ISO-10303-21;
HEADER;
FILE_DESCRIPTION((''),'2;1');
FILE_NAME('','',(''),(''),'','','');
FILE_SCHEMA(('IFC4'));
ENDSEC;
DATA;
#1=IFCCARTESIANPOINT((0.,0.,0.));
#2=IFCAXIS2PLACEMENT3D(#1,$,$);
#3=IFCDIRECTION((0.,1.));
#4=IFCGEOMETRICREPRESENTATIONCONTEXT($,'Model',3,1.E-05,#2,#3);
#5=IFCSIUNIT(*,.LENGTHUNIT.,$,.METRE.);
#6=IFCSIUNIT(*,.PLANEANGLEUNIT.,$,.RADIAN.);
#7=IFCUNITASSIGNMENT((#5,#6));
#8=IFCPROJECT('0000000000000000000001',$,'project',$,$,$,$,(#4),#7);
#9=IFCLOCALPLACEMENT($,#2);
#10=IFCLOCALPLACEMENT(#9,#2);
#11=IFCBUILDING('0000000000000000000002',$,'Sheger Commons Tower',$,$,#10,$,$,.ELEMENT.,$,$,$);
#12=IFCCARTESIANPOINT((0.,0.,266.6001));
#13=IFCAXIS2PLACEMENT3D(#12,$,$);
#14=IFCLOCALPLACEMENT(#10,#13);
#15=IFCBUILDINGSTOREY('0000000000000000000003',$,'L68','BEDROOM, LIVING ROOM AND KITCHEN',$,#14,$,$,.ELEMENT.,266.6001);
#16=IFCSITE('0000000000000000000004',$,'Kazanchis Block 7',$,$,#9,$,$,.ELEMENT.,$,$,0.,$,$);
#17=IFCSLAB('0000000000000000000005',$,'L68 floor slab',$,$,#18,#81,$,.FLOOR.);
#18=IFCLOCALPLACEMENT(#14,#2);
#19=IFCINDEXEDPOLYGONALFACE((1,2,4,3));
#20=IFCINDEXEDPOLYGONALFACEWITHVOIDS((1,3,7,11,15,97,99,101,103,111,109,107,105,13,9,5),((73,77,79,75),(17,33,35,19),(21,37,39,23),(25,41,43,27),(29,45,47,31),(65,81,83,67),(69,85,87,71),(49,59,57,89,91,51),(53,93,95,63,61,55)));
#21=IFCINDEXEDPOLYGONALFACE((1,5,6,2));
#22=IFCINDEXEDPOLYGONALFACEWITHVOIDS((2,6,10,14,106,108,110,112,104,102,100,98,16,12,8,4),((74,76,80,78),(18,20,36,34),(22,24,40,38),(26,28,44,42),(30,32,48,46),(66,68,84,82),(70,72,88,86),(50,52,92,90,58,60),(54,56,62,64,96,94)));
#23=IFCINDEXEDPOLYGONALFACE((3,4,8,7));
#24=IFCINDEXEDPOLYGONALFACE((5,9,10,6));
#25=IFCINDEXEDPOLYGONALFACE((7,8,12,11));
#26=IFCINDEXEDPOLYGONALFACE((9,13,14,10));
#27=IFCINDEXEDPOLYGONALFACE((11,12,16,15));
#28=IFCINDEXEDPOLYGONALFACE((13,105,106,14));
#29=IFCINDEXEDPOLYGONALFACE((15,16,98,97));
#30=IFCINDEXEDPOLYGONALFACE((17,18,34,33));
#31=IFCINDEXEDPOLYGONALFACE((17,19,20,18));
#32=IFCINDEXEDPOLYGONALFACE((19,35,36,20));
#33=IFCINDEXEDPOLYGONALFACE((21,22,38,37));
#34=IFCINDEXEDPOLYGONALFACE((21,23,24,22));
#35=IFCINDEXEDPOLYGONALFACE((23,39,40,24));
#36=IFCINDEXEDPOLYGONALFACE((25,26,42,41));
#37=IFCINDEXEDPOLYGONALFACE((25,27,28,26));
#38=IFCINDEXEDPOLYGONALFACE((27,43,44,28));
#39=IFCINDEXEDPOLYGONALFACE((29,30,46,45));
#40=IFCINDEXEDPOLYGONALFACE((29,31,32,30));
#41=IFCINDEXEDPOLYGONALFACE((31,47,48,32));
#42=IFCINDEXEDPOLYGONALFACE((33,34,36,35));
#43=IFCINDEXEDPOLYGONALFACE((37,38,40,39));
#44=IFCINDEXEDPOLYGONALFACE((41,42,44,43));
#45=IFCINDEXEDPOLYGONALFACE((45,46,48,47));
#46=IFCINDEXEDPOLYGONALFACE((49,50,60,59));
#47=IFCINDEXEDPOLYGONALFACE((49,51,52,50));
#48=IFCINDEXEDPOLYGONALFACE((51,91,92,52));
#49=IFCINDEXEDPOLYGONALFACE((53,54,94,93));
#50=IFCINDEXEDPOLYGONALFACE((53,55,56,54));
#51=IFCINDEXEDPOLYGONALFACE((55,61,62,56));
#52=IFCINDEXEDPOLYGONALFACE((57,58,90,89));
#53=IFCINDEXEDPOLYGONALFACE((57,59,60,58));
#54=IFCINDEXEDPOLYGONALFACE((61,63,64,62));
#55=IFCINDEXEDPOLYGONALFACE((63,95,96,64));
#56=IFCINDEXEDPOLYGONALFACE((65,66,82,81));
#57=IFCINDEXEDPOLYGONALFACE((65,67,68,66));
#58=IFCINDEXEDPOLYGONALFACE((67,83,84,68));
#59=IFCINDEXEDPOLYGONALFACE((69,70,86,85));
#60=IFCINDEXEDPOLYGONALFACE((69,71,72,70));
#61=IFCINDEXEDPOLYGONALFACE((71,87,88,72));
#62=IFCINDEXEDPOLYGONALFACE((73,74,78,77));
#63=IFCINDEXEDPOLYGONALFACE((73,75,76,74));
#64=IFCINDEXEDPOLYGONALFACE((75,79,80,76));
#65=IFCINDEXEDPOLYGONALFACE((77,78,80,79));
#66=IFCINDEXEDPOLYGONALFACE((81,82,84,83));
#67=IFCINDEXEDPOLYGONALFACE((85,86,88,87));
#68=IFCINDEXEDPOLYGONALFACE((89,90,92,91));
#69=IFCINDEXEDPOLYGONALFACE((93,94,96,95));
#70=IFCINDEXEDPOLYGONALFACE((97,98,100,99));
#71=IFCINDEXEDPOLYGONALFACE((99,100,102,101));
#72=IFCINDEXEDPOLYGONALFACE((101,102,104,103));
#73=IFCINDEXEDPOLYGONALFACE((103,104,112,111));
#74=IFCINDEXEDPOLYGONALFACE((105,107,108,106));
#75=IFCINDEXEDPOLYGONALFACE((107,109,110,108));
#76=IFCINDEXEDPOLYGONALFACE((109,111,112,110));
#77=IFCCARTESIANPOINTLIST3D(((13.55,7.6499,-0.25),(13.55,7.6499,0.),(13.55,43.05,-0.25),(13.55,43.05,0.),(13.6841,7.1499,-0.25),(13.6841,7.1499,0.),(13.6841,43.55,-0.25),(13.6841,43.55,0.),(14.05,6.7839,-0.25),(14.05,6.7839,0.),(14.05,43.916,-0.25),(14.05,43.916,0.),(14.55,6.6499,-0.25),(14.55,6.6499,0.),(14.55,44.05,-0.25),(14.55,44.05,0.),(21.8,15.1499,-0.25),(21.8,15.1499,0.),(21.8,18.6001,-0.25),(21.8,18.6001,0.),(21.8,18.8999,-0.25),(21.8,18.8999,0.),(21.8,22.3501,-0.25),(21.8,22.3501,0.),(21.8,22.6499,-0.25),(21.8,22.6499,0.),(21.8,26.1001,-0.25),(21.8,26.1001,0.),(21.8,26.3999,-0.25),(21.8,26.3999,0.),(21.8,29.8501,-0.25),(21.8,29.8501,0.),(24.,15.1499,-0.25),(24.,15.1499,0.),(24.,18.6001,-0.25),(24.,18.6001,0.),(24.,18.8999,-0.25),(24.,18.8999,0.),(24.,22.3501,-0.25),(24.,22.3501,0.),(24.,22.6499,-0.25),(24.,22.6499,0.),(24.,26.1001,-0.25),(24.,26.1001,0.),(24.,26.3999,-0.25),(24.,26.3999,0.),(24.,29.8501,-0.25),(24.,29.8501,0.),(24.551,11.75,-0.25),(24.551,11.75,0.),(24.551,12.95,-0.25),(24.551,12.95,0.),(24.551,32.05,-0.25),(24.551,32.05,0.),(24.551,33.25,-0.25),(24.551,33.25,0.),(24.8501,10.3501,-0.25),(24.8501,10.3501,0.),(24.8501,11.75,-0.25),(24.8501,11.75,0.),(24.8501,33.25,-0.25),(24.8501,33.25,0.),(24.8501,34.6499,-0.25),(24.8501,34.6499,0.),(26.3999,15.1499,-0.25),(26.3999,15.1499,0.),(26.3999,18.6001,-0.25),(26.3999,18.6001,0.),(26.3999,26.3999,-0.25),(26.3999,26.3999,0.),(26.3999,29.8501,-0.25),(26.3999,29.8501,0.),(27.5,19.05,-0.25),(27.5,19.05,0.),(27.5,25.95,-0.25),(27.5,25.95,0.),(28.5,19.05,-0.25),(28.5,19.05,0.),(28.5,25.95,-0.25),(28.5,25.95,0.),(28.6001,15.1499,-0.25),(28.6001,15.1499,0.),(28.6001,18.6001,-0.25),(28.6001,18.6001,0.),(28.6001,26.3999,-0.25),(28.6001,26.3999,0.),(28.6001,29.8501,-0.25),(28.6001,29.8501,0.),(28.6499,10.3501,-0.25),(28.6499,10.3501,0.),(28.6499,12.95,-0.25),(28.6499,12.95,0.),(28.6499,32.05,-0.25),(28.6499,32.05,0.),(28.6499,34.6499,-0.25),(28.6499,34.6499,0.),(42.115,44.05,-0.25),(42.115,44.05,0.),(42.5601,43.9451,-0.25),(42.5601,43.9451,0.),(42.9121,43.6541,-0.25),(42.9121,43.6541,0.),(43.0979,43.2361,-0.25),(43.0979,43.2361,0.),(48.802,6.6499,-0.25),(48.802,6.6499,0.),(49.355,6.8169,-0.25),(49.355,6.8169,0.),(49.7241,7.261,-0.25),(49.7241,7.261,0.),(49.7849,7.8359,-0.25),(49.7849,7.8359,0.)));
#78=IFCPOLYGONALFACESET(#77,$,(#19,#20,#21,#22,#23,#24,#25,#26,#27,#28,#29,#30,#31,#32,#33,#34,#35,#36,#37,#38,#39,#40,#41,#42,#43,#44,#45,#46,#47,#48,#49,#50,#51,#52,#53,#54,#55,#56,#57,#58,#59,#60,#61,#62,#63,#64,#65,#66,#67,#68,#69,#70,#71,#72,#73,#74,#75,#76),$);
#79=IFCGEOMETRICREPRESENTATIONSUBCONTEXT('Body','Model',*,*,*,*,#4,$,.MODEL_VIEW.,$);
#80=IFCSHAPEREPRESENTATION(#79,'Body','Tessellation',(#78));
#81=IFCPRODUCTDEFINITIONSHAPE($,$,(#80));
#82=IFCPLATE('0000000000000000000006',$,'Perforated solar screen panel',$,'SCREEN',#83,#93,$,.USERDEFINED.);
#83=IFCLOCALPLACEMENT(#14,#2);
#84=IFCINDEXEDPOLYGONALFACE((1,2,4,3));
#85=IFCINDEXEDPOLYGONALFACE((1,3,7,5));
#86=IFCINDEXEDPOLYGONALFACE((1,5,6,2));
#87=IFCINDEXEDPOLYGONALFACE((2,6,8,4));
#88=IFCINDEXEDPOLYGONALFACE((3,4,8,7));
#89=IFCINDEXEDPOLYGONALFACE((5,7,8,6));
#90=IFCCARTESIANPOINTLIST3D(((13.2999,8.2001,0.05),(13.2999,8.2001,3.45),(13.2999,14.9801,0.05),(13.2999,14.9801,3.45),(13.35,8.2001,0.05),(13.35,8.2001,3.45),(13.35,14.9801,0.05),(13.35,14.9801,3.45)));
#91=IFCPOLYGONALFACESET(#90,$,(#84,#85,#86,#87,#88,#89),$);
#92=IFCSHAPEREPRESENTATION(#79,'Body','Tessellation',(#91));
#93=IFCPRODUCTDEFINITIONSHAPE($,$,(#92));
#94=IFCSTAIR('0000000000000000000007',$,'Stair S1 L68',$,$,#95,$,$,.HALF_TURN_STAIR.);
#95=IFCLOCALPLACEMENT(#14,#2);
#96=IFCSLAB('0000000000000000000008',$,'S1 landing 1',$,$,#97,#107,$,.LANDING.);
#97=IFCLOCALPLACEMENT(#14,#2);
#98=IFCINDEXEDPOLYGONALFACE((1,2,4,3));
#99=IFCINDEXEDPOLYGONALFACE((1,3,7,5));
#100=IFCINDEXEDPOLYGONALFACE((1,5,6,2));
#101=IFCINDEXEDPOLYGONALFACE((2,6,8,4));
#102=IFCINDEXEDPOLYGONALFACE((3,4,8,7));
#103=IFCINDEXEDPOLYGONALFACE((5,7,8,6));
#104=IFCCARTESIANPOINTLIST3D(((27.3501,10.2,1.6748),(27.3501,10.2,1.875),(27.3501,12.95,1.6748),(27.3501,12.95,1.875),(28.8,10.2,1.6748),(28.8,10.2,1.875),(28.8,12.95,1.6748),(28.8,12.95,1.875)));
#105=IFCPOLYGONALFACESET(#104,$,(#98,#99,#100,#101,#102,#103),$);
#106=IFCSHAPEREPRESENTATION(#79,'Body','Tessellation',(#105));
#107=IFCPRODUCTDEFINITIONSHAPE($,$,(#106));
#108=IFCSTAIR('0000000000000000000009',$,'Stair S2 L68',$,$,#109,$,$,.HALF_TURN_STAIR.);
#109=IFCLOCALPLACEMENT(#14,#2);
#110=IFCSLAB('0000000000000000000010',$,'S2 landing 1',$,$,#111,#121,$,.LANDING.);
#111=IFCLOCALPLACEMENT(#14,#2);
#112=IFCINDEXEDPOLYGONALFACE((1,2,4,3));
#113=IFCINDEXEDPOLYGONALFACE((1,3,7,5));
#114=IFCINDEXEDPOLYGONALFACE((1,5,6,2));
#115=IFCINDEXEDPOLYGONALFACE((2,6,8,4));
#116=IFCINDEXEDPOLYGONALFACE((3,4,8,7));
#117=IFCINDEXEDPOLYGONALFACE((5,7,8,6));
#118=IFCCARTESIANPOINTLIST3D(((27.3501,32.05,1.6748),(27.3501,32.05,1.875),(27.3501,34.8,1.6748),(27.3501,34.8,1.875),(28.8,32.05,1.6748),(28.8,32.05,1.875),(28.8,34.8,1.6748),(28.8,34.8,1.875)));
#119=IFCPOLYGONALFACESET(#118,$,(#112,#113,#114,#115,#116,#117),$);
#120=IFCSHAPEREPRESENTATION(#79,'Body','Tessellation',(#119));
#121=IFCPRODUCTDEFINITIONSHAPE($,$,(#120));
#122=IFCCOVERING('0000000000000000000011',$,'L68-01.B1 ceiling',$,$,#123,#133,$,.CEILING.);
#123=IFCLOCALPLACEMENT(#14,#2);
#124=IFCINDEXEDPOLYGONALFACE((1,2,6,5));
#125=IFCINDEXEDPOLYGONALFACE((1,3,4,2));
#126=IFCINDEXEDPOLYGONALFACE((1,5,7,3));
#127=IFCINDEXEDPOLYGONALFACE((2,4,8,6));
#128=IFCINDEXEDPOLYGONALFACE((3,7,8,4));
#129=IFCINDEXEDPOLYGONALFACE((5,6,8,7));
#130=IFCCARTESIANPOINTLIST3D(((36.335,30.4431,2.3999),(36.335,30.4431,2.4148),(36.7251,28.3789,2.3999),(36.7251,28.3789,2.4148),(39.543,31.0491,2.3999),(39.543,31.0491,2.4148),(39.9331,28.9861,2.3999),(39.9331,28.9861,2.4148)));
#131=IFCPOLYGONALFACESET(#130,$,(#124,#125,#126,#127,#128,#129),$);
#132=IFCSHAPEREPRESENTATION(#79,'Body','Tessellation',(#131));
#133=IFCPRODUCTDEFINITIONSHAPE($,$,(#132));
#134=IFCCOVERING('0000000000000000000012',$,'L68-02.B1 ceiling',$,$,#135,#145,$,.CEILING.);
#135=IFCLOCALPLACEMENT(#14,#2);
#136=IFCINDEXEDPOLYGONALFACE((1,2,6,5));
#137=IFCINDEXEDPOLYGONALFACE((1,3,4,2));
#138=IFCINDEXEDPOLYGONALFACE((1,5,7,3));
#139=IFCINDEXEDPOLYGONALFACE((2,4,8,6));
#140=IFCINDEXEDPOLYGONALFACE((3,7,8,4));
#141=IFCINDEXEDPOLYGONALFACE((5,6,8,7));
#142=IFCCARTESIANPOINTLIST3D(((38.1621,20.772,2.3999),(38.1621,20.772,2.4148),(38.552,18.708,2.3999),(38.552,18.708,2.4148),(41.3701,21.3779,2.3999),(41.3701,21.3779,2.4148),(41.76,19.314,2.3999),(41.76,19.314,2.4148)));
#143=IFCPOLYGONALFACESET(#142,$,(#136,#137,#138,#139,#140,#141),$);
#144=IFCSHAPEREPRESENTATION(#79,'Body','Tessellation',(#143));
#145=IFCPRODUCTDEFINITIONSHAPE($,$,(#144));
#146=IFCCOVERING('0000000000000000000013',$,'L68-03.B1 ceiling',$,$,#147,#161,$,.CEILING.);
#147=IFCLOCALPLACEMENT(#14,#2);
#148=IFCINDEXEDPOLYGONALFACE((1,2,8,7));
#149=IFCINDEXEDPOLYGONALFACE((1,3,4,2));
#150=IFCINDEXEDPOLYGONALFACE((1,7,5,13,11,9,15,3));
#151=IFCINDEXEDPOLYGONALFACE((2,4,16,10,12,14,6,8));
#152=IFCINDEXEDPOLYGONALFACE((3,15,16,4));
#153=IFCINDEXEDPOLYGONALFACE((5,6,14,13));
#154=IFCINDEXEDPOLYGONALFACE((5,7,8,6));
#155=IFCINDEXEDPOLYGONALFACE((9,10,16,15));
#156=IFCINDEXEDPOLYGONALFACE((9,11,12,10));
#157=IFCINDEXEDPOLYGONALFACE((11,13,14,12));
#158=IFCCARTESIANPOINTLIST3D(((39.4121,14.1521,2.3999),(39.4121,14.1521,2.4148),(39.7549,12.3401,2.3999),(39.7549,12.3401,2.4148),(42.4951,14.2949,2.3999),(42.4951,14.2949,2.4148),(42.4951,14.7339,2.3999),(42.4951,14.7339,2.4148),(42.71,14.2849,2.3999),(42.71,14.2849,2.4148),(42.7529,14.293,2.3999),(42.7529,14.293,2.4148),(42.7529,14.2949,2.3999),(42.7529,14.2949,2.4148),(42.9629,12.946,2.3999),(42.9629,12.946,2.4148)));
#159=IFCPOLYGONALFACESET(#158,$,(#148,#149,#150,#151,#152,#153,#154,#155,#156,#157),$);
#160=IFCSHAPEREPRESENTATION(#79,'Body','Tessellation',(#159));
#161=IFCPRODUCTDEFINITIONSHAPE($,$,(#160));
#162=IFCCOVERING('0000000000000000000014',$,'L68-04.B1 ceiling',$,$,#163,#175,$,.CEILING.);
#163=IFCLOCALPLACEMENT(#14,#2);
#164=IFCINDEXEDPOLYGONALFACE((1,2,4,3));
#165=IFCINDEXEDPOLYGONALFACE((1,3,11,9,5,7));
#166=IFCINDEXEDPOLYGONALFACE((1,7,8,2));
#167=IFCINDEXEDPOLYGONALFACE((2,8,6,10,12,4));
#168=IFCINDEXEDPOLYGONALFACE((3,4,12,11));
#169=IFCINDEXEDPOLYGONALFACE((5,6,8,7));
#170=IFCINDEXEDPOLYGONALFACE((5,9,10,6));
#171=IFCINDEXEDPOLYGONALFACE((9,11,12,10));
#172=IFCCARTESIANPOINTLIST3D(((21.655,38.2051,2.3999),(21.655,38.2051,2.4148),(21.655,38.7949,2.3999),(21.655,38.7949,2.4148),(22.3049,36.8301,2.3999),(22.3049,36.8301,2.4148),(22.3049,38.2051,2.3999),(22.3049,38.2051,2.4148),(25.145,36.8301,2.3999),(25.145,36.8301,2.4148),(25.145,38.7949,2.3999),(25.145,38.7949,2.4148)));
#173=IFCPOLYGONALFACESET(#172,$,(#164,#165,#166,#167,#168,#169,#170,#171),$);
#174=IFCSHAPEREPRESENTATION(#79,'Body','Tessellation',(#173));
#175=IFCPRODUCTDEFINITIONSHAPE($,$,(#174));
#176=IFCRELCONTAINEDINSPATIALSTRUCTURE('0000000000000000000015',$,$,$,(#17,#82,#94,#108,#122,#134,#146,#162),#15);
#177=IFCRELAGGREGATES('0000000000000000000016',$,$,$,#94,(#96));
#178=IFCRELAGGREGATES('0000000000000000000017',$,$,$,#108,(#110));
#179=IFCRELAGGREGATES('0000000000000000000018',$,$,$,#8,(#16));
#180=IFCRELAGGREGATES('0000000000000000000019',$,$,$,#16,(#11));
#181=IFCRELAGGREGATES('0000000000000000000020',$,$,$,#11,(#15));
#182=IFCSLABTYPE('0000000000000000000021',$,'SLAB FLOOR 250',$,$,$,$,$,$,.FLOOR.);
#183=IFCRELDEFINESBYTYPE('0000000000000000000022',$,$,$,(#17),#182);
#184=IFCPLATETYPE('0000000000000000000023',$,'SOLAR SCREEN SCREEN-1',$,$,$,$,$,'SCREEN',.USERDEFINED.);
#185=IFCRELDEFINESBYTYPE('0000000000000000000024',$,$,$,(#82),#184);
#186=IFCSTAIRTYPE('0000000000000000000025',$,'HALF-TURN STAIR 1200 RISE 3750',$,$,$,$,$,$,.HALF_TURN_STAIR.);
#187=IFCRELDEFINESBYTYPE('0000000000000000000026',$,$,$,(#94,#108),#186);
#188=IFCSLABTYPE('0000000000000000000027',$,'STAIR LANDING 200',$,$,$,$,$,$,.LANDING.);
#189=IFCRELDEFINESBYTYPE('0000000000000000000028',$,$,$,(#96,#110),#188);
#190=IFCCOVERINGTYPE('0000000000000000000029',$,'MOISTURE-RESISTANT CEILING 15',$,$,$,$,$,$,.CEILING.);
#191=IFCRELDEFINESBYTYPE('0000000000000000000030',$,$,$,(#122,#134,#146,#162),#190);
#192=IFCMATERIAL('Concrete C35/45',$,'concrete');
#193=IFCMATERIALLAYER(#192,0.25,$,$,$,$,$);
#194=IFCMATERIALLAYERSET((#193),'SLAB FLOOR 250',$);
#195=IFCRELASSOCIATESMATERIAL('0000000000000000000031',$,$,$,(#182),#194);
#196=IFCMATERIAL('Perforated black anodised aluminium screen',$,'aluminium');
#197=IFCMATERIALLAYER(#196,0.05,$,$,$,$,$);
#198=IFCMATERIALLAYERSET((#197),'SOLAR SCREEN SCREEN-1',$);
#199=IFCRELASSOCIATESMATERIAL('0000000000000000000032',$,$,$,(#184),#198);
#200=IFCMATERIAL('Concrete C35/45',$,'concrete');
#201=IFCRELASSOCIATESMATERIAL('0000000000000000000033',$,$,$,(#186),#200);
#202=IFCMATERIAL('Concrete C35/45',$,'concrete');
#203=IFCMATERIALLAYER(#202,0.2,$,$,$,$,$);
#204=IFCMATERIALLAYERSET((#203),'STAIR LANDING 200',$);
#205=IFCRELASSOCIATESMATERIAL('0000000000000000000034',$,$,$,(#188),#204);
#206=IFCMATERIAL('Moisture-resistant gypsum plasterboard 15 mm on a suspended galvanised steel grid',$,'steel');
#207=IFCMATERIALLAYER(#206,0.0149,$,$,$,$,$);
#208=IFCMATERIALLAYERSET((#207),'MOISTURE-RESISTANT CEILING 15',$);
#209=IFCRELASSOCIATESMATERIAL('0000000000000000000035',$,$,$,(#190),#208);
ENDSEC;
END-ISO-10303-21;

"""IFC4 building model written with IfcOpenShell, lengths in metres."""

from ifc_helpers import new_model, si_unit, direction, frame, origin, origin_2d, place, context, subcontext, project, spatial, polyline, rectangle, outline, extrude, material, layer, layer_set, type_object, element, aggregate, save


model = new_model("IFC4")

# Units and contexts
model_context = context("Model", 3, precision=1e-05, world=origin(), true_north=direction((0.0, 1.0)))
body_context = subcontext(model_context, "Body", "Model", "MODEL_VIEW")
ifc_project = project(units=[si_unit("LENGTHUNIT", "METRE"), si_unit("PLANEANGLEUNIT", "RADIAN")], contexts=[model_context])

# Site, building, storey
site_placement = place(None, origin())
site = spatial("IfcSite", under=ifc_project, at=site_placement, Name="Kazanchis Block 7", CompositionType="ELEMENT", RefElevation=0.0)
building_placement = place(site_placement, origin())
building = spatial("IfcBuilding", under=site, at=building_placement, Name="Sheger Commons Tower", CompositionType="ELEMENT")
storey_placement = place(building_placement, frame((0.0, 0.0, 266.6001)))
storey = spatial("IfcBuildingStorey", under=building, at=storey_placement, Name="L68", Description="BEDROOM, LIVING ROOM AND KITCHEN", CompositionType="ELEMENT", Elevation=266.6001)

# Slab
ifc_material_1 = material(Name="Concrete C35/45", Category="concrete")
ifc_layer_1 = layer(ifc_material_1, 0.25)
ifc_layer_set_1 = layer_set([ifc_layer_1], Name="SLAB FLOOR 250")
slab_type_1 = type_object("IfcSlabType", Name="SLAB FLOOR 250", PredefinedType="FLOOR", material=ifc_layer_set_1)
slab_1_placement = place(storey_placement, frame((0.0, 0.0, -0.25)))
element("IfcSlab", 1, at=slab_1_placement, inside=storey, type_object=slab_type_1, Name="L68 floor slab", PredefinedType="FLOOR", context=body_context, shape_type="SweptSolid", body=[
    extrude(outline(polyline([(13.55, 7.6499), (13.6841, 7.1499), (14.05, 6.7839), (14.55, 6.6499), (48.802, 6.6499), (49.355, 6.8169), (49.7241, 7.261), (49.7849, 7.8359), (43.0979, 43.2361), (42.9121, 43.6541), (42.5601, 43.9451), (42.115, 44.05), (14.55, 44.05), (14.05, 43.916), (13.6841, 43.55), (13.55, 43.05), (13.55, 7.6499)]), holes=[polyline([(24.8501, 10.3501), (28.6499, 10.3501), (28.6499, 12.95), (24.551, 12.95), (24.551, 11.75), (24.8501, 11.75), (24.8501, 10.3501)]), polyline([(24.551, 32.05), (28.6499, 32.05), (28.6499, 34.6499), (24.8501, 34.6499), (24.8501, 33.25), (24.551, 33.25), (24.551, 32.05)]), polyline([(26.3999, 15.1499), (28.6001, 15.1499), (28.6001, 18.6001), (26.3999, 18.6001), (26.3999, 15.1499)]), polyline([(26.3999, 26.3999), (28.6001, 26.3999), (28.6001, 29.8501), (26.3999, 29.8501), (26.3999, 26.3999)]), polyline([(21.8, 15.1499), (24.0, 15.1499), (24.0, 18.6001), (21.8, 18.6001), (21.8, 15.1499)]), polyline([(21.8, 18.8999), (24.0, 18.8999), (24.0, 22.3501), (21.8, 22.3501), (21.8, 18.8999)]), polyline([(21.8, 22.6499), (24.0, 22.6499), (24.0, 26.1001), (21.8, 26.1001), (21.8, 22.6499)]), polyline([(21.8, 26.3999), (24.0, 26.3999), (24.0, 29.8501), (21.8, 29.8501), (21.8, 26.3999)]), polyline([(27.5, 19.05), (28.5, 19.05), (28.5, 25.95), (27.5, 25.95), (27.5, 19.05)])]), origin(), (0.0, 0.0, 1.0), 0.25),
])

# Plate
ifc_material_2 = material(Name="Perforated black anodised aluminium screen", Category="aluminium")
ifc_layer_2 = layer(ifc_material_2, 0.05)
ifc_layer_set_2 = layer_set([ifc_layer_2], Name="SOLAR SCREEN SCREEN-1")
plate_type = type_object("IfcPlateType", Name="SOLAR SCREEN SCREEN-1", ElementType="SCREEN", PredefinedType="USERDEFINED", material=ifc_layer_set_2)
plate_placement = place(storey_placement, frame((13.325, 11.5901, 0.05), z_axis=(0.0, 0.0, 1.0), x_axis=(0.0, -1.0, 0.0)))
element("IfcPlate", 2, at=plate_placement, inside=storey, type_object=plate_type, Name="Perforated solar screen panel", ObjectType="SCREEN", PredefinedType="USERDEFINED", context=body_context, shape_type="SweptSolid", body=[
    extrude(rectangle(XDim=6.78, YDim=0.05, at=origin_2d()), origin(), (0.0, 0.0, 1.0), 3.3999),
])

# Stairs, slabs
ifc_material_3 = material(Name="Concrete C35/45", Category="concrete")
stair_type = type_object("IfcStairType", Name="HALF-TURN STAIR 1200 RISE 3750", PredefinedType="HALF_TURN_STAIR", material=ifc_material_3)
stair_1_placement = place(storey_placement, origin())
stair_1 = element("IfcStair", 3, at=stair_1_placement, inside=storey, type_object=stair_type, Name="Stair S1 L68", PredefinedType="HALF_TURN_STAIR")
ifc_material_4 = material(Name="Concrete C35/45", Category="concrete")
ifc_layer_3 = layer(ifc_material_4, 0.2)
ifc_layer_set_3 = layer_set([ifc_layer_3], Name="STAIR LANDING 200")
slab_type_2 = type_object("IfcSlabType", Name="STAIR LANDING 200", PredefinedType="LANDING", material=ifc_layer_set_3)
slab_2_placement = place(storey_placement, frame((0.0, 0.0, 1.6748)))
slab_2 = element("IfcSlab", 4, at=slab_2_placement, type_object=slab_type_2, Name="S1 landing 1", PredefinedType="LANDING", context=body_context, shape_type="SweptSolid", body=[
    extrude(outline(polyline([(27.3501, 10.2), (28.8, 10.2), (28.8, 12.95), (27.3501, 12.95), (27.3501, 10.2)])), origin(), (0.0, 0.0, 1.0), 0.2002),
])
aggregate(stair_1, [slab_2])
stair_2_placement = place(storey_placement, origin())
stair_2 = element("IfcStair", 5, at=stair_2_placement, inside=storey, type_object=stair_type, Name="Stair S2 L68", PredefinedType="HALF_TURN_STAIR")
slab_3_placement = place(storey_placement, frame((0.0, 0.0, 1.6748)))
slab_3 = element("IfcSlab", 6, at=slab_3_placement, type_object=slab_type_2, Name="S2 landing 1", PredefinedType="LANDING", context=body_context, shape_type="SweptSolid", body=[
    extrude(outline(polyline([(27.3501, 32.05), (28.8, 32.05), (28.8, 34.8), (27.3501, 34.8), (27.3501, 32.05)])), origin(), (0.0, 0.0, 1.0), 0.2002),
])
aggregate(stair_2, [slab_3])

# Coverings
ifc_material_5 = material(Name="Moisture-resistant gypsum plasterboard 15 mm on a suspended galvanised steel grid", Category="steel")
ifc_layer_4 = layer(ifc_material_5, 0.0149)
ifc_layer_set_4 = layer_set([ifc_layer_4], Name="MOISTURE-RESISTANT CEILING 15")
covering_type_1 = type_object("IfcCoveringType", Name="MOISTURE-RESISTANT CEILING 15", PredefinedType="CEILING", material=ifc_layer_set_4)
covering_1_placement = place(storey_placement, frame((0.0, 0.0, 2.3999)))
element("IfcCovering", 7, at=covering_1_placement, inside=storey, type_object=covering_type_1, Name="L68-01.B1 ceiling", PredefinedType="CEILING", context=body_context, shape_type="SweptSolid", body=[
    extrude(outline(polyline([(36.7251, 28.3789), (39.9331, 28.9861), (39.543, 31.0491), (36.335, 30.4431), (36.7251, 28.3789)])), origin(), (0.0, 0.0, 1.0), 0.0149),
])
covering_2_placement = place(storey_placement, frame((0.0, 0.0, 2.3999)))
element("IfcCovering", 8, at=covering_2_placement, inside=storey, type_object=covering_type_1, Name="L68-02.B1 ceiling", PredefinedType="CEILING", context=body_context, shape_type="SweptSolid", body=[
    extrude(outline(polyline([(38.552, 18.708), (41.76, 19.314), (41.3701, 21.3779), (38.1621, 20.772), (38.552, 18.708)])), origin(), (0.0, 0.0, 1.0), 0.0149),
])
covering_3_placement = place(storey_placement, frame((0.0, 0.0, 2.3999)))
element("IfcCovering", 9, at=covering_3_placement, inside=storey, type_object=covering_type_1, Name="L68-03.B1 ceiling", PredefinedType="CEILING", context=body_context, shape_type="SweptSolid", body=[
    extrude(outline(polyline([(39.7549, 12.3401), (42.9629, 12.946), (42.71, 14.2849), (42.7529, 14.293), (42.7529, 14.2949), (42.4951, 14.2949), (42.4951, 14.7339), (39.4121, 14.1521), (39.7549, 12.3401)])), origin(), (0.0, 0.0, 1.0), 0.0149),
])
covering_4_placement = place(storey_placement, frame((0.0, 0.0, 2.3999)))
element("IfcCovering", 10, at=covering_4_placement, inside=storey, type_object=covering_type_1, Name="L68-04.B1 ceiling", PredefinedType="CEILING", context=body_context, shape_type="SweptSolid", body=[
    extrude(outline(polyline([(22.3049, 36.8301), (25.145, 36.8301), (25.145, 38.7949), (21.655, 38.7949), (21.655, 38.2051), (22.3049, 38.2051), (22.3049, 36.8301)])), origin(), (0.0, 0.0, 1.0), 0.0149),
])

save(model, "model.ifc")
